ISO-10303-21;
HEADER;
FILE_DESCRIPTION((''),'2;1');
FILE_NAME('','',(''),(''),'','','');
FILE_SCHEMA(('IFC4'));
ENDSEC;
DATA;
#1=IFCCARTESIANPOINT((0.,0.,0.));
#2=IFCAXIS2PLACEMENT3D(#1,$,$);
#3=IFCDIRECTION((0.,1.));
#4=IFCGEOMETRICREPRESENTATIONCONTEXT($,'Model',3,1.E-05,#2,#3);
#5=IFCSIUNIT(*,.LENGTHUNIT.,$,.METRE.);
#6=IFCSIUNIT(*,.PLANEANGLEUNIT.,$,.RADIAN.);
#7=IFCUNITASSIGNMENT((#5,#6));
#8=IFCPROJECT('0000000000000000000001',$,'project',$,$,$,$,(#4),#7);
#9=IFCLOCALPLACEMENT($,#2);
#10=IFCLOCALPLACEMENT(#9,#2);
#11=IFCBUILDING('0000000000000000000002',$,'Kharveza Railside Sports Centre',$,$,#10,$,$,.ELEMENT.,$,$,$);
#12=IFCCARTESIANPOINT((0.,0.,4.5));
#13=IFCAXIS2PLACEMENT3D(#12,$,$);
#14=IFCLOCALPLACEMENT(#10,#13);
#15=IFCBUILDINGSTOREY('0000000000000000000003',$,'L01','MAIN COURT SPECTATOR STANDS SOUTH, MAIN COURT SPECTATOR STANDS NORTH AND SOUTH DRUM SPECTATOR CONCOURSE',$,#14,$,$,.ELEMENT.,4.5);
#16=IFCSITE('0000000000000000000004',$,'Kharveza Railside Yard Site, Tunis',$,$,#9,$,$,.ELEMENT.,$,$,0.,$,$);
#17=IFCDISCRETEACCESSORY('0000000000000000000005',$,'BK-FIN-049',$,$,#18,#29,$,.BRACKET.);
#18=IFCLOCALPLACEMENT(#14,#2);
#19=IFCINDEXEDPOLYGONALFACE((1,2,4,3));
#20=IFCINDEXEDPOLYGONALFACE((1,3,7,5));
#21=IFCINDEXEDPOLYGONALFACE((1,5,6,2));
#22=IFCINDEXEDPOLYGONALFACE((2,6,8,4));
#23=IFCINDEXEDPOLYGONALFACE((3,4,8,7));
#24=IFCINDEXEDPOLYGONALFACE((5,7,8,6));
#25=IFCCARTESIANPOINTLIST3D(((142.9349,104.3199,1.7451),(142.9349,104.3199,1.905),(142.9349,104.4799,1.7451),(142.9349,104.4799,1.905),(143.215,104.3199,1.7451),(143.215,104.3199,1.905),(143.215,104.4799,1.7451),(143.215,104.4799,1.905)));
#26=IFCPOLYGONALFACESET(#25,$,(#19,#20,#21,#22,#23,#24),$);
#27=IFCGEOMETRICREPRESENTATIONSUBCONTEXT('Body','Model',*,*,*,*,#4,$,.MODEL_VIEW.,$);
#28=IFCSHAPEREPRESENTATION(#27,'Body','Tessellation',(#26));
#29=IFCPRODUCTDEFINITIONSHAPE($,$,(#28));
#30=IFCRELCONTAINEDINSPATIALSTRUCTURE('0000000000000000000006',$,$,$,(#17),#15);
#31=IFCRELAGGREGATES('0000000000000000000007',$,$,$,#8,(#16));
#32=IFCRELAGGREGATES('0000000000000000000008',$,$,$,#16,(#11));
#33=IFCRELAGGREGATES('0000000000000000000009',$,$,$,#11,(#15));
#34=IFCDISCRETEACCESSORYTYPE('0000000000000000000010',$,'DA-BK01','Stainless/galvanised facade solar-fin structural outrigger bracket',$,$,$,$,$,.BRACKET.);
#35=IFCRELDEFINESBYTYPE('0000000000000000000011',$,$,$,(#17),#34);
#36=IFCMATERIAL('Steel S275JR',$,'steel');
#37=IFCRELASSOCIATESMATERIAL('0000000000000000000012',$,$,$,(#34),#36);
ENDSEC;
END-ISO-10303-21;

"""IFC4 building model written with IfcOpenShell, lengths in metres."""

from ifc_helpers import new_model, si_unit, direction, frame, origin, origin_2d, place, context, subcontext, project, spatial, rectangle, extrude, material, type_object, element, save


model = new_model("IFC4")

# Units and contexts
model_context = context("Model", 3, precision=1e-05, world=origin(), true_north=direction((0.0, 1.0)))
body_context = subcontext(model_context, "Body", "Model", "MODEL_VIEW")
ifc_project = project(units=[si_unit("LENGTHUNIT", "METRE"), si_unit("PLANEANGLEUNIT", "RADIAN")], contexts=[model_context])

# Site, building, storey
site_placement = place(None, origin())
site = spatial("IfcSite", under=ifc_project, at=site_placement, Name="Kharveza Railside Yard Site, Tunis", CompositionType="ELEMENT", RefElevation=0.0)
building_placement = place(site_placement, origin())
building = spatial("IfcBuilding", under=site, at=building_placement, Name="Kharveza Railside Sports Centre", CompositionType="ELEMENT")
storey_placement = place(building_placement, frame((0.0, 0.0, 4.5)))
storey = spatial("IfcBuildingStorey", under=building, at=storey_placement, Name="L01", Description="MAIN COURT SPECTATOR STANDS SOUTH, MAIN COURT SPECTATOR STANDS NORTH AND SOUTH DRUM SPECTATOR CONCOURSE", CompositionType="ELEMENT", Elevation=4.5)

# Shared definitions
ifc_material_1 = material(Name="Steel S275JR", Category="steel")

# Discrete accessory
discrete_accessory_type = type_object("IfcDiscreteAccessoryType", Name="DA-BK01", Description="Stainless/galvanised facade solar-fin structural outrigger bracket", PredefinedType="BRACKET", material=ifc_material_1)
discrete_accessory_placement = place(storey_placement, frame((143.075, 104.3999, 1.7451), z_axis=(0.0, 0.0, 1.0), x_axis=(1.0, 0.0, 0.0)))
element("IfcDiscreteAccessory", 1, at=discrete_accessory_placement, inside=storey, type_object=discrete_accessory_type, Name="BK-FIN-049", PredefinedType="BRACKET", context=body_context, shape_type="SweptSolid", body=[
    extrude(rectangle(XDim=0.28, YDim=0.1599, at=origin_2d()), origin(), (0.0, 0.0, 1.0), 0.1599),
])

save(model, "model.ifc")
